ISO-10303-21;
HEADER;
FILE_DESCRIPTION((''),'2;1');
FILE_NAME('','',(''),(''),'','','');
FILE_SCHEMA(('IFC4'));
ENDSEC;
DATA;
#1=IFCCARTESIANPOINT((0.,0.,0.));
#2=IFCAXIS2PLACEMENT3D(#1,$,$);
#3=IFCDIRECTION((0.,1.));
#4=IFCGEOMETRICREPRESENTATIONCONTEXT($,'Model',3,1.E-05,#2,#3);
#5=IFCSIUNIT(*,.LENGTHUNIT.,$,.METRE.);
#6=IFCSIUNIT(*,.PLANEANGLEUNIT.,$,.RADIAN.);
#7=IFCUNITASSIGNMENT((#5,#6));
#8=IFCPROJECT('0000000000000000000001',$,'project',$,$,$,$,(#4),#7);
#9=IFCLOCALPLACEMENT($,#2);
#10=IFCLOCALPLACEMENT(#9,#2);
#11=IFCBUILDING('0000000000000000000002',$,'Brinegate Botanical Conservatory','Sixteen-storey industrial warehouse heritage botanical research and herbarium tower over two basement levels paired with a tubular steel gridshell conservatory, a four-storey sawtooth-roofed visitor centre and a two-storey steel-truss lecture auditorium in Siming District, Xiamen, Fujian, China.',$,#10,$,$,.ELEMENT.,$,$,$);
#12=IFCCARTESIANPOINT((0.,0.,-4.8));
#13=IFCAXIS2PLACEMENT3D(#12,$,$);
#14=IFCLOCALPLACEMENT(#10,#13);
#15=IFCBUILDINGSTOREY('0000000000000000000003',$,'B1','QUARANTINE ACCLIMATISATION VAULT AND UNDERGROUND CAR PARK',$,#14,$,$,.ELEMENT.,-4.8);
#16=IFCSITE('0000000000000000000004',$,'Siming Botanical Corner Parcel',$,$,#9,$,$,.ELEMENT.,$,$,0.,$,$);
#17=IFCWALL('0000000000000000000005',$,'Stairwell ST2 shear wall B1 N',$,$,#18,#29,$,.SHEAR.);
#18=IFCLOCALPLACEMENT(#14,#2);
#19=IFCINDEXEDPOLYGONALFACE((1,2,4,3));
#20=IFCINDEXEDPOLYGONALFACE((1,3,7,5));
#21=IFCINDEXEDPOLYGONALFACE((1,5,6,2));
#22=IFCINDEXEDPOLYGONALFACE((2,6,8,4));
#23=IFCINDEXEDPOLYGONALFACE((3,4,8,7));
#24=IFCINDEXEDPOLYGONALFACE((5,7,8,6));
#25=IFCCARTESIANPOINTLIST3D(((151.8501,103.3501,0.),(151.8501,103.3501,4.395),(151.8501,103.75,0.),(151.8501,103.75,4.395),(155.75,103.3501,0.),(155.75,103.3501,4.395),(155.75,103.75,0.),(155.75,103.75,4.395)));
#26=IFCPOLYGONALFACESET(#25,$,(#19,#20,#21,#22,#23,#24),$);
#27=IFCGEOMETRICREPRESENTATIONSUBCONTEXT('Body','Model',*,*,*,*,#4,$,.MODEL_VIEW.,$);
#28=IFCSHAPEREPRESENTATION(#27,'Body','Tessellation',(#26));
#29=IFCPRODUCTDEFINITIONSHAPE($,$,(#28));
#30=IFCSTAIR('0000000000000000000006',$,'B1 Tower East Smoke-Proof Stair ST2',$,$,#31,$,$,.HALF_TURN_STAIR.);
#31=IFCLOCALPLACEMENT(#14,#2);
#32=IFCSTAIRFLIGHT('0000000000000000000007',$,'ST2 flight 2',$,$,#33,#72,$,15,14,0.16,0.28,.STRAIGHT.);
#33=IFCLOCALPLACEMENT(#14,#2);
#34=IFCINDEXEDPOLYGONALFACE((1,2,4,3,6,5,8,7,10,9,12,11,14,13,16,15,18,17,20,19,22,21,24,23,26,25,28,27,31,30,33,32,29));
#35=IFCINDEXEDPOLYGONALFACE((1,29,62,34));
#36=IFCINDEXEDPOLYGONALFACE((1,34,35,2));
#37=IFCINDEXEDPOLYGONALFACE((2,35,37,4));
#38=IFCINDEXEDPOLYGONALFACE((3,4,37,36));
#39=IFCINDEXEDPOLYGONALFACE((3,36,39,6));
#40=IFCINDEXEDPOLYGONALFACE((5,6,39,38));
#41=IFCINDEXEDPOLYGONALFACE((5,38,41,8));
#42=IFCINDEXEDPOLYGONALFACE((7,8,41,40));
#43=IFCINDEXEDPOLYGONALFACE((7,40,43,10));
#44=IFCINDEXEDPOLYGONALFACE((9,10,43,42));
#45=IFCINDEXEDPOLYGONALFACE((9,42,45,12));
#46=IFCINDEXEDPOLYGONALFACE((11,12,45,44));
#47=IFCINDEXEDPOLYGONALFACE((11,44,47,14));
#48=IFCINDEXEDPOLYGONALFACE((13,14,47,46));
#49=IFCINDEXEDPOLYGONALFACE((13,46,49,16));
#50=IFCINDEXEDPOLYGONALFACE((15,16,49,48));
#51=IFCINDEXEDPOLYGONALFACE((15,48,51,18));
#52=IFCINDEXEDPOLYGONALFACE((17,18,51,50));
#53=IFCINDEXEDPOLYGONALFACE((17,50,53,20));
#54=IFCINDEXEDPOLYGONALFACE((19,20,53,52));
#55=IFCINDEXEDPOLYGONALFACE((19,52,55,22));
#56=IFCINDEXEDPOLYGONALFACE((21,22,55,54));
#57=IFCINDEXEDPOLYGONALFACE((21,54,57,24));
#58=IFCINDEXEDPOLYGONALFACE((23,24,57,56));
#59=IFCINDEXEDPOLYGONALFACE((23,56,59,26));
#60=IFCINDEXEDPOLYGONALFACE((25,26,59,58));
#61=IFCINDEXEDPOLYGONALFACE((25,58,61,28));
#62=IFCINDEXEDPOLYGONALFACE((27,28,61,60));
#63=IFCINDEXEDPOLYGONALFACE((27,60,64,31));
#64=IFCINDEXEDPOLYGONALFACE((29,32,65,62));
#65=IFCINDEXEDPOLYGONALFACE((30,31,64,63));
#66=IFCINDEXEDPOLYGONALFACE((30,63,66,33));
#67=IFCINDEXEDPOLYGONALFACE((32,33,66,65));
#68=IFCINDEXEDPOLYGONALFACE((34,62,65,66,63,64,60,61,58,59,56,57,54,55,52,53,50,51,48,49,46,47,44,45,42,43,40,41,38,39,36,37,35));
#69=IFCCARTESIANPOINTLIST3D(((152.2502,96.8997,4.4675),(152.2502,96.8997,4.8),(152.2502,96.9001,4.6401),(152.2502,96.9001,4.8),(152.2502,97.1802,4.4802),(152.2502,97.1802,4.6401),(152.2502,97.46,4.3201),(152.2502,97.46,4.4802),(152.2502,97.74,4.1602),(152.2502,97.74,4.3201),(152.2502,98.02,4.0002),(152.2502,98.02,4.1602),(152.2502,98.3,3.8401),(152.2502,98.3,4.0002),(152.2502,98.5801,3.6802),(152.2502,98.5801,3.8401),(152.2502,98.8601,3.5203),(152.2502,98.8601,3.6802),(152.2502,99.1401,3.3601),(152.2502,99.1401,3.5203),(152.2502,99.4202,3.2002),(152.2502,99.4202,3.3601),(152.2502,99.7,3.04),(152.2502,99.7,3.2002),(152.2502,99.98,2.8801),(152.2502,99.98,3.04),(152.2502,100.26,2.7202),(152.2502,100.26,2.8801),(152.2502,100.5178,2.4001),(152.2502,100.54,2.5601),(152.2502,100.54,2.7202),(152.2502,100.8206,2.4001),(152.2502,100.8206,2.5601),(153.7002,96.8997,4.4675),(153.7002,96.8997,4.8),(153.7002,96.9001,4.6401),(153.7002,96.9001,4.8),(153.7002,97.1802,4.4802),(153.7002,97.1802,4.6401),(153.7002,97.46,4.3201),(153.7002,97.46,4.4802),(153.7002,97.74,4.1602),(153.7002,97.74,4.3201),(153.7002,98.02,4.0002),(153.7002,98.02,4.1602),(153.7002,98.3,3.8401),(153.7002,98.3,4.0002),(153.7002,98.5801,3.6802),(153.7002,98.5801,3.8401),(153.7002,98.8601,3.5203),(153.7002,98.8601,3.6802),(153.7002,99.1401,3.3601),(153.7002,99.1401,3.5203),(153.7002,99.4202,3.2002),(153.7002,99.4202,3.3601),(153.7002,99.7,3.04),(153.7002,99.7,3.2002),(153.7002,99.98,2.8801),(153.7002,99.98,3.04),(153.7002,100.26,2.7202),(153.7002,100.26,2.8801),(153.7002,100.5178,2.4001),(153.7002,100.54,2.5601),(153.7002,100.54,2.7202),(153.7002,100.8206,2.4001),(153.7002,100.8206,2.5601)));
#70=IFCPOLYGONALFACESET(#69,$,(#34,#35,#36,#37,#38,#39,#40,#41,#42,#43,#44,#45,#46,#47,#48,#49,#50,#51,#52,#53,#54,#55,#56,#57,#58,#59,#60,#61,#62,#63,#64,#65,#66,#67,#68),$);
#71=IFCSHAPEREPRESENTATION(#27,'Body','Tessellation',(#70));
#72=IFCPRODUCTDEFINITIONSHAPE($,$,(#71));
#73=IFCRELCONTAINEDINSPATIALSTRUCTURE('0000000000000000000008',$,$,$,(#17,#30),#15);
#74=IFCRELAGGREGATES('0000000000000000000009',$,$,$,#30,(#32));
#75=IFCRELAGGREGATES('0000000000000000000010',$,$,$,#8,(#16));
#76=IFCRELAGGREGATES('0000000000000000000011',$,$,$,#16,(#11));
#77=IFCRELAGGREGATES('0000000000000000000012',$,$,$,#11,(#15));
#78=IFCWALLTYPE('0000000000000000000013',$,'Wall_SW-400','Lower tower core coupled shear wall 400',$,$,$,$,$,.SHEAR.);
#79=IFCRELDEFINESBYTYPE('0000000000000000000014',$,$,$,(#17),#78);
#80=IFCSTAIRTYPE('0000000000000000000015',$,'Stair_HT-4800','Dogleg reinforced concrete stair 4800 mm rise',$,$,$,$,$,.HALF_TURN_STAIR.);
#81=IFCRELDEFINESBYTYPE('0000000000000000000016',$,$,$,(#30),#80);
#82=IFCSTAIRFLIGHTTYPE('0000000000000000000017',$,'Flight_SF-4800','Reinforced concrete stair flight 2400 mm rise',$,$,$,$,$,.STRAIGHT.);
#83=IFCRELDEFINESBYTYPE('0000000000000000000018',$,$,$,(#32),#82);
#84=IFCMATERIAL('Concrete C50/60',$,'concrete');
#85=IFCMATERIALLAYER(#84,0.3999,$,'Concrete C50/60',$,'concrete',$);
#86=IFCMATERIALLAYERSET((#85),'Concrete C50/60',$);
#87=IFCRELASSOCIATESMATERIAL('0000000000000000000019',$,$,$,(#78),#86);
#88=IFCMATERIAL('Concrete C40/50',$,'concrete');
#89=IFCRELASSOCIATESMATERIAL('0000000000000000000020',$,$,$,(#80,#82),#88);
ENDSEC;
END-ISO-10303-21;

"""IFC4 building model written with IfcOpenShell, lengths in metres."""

from ifc_helpers import new_model, si_unit, direction, frame, frame_2d, origin, place, context, subcontext, project, spatial, polyline, rectangle, outline, extrude, material, layer, layer_set, type_object, element, aggregate, save


model = new_model("IFC4")

# Units and contexts
model_context = context("Model", 3, precision=1e-05, world=origin(), true_north=direction((0.0, 1.0)))
body_context = subcontext(model_context, "Body", "Model", "MODEL_VIEW")
ifc_project = project(units=[si_unit("LENGTHUNIT", "METRE"), si_unit("PLANEANGLEUNIT", "RADIAN")], contexts=[model_context])

# Site, building, storey
site_placement = place(None, origin())
site = spatial("IfcSite", under=ifc_project, at=site_placement, Name="Siming Botanical Corner Parcel", CompositionType="ELEMENT", RefElevation=0.0)
building_placement = place(site_placement, origin())
building = spatial("IfcBuilding", under=site, at=building_placement, Name="Brinegate Botanical Conservatory", Description="Sixteen-storey industrial warehouse heritage botanical research and herbarium tower over two basement levels paired with a tubular steel gridshell conservatory, a four-storey sawtooth-roofed visitor centre and a two-storey steel-truss lecture auditorium in Siming District, Xiamen, Fujian, China.", CompositionType="ELEMENT")
storey_placement = place(building_placement, frame((0.0, 0.0, -4.8)))
storey = spatial("IfcBuildingStorey", under=building, at=storey_placement, Name="B1", Description="QUARANTINE ACCLIMATISATION VAULT AND UNDERGROUND CAR PARK", CompositionType="ELEMENT", Elevation=-4.8)

# Shared definitions
ifc_material_1 = material(Name="Concrete C50/60", Category="concrete")

# Shared definitions
ifc_material_2 = material(Name="Concrete C40/50", Category="concrete")

# Wall
ifc_layer_1 = layer(ifc_material_1, 0.3999, Name="Concrete C50/60", Category="concrete")
ifc_layer_set_1 = layer_set([ifc_layer_1], Name="Concrete C50/60")
wall_type_1 = type_object("IfcWallType", Name="Wall_SW-400", Description="Lower tower core coupled shear wall 400", PredefinedType="SHEAR", material=ifc_layer_set_1)
wall_1_placement = place(storey_placement, frame((151.8501, 103.55, 0.0), z_axis=(0.0, 0.0, 1.0), x_axis=(1.0, 0.0, 0.0)))
element("IfcWall", 1, at=wall_1_placement, inside=storey, type_object=wall_type_1, Name="Stairwell ST2 shear wall B1 N", PredefinedType="SHEAR", context=body_context, shape_type="SweptSolid", body=[
    extrude(rectangle(XDim=3.8999, YDim=0.3999, at=frame_2d((1.95, 0.0))), origin(), (0.0, 0.0, 1.0), 4.395),
])

# Stair, stair flight
stair_type = type_object("IfcStairType", Name="Stair_HT-4800", Description="Dogleg reinforced concrete stair 4800 mm rise", PredefinedType="HALF_TURN_STAIR", material=ifc_material_2)
stair_placement = place(storey_placement, origin())
stair = element("IfcStair", 2, at=stair_placement, inside=storey, type_object=stair_type, Name="B1 Tower East Smoke-Proof Stair ST2", PredefinedType="HALF_TURN_STAIR")
stair_flight_type = type_object("IfcStairFlightType", Name="Flight_SF-4800", Description="Reinforced concrete stair flight 2400 mm rise", PredefinedType="STRAIGHT", material=ifc_material_2)
stair_flight_placement = place(storey_placement, frame((152.9751, 100.8201, 2.4001), z_axis=(0.0, 0.0, 1.0), x_axis=(0.0, -1.0, 0.0)))
stair_flight = element("IfcStairFlight", 3, at=stair_flight_placement, type_object=stair_flight_type, Name="ST2 flight 2", NumberOfRisers=15, NumberOfTreads=14, PredefinedType="STRAIGHT", RiserHeight=0.16, TreadLength=0.28, context=body_context, shape_type="SweptSolid", body=[
    extrude(outline(polyline([(-0.0005, 0.0), (-0.0005, 0.1599), (0.28, 0.1599), (0.28, 0.3201), (0.5601, 0.3201), (0.5601, 0.48), (0.8401, 0.48), (0.8401, 0.6399), (1.1201, 0.6399), (1.1201, 0.8), (1.3999, 0.8), (1.3999, 0.96), (1.6799, 0.96), (1.6799, 1.1201), (1.96, 1.1201), (1.96, 1.28), (2.24, 1.28), (2.24, 1.4399), (2.52, 1.4399), (2.52, 1.6001), (2.8, 1.6001), (2.8, 1.76), (3.0801, 1.76), (3.0801, 1.9199), (3.3601, 1.9199), (3.3601, 2.0801), (3.6399, 2.0801), (3.6399, 2.24), (3.9199, 2.24), (3.9199, 2.3999), (3.9204, 2.3999), (3.9204, 2.0674), (0.3022, 0.0), (-0.0005, 0.0)])), frame((0.0, 0.7251, 0.0), z_axis=(0.0, -1.0, 0.0), x_axis=(1.0, 0.0, 0.0)), (0.0, 0.0, 1.0), 1.45),
])
aggregate(stair, [stair_flight])

save(model, "model.ifc")
